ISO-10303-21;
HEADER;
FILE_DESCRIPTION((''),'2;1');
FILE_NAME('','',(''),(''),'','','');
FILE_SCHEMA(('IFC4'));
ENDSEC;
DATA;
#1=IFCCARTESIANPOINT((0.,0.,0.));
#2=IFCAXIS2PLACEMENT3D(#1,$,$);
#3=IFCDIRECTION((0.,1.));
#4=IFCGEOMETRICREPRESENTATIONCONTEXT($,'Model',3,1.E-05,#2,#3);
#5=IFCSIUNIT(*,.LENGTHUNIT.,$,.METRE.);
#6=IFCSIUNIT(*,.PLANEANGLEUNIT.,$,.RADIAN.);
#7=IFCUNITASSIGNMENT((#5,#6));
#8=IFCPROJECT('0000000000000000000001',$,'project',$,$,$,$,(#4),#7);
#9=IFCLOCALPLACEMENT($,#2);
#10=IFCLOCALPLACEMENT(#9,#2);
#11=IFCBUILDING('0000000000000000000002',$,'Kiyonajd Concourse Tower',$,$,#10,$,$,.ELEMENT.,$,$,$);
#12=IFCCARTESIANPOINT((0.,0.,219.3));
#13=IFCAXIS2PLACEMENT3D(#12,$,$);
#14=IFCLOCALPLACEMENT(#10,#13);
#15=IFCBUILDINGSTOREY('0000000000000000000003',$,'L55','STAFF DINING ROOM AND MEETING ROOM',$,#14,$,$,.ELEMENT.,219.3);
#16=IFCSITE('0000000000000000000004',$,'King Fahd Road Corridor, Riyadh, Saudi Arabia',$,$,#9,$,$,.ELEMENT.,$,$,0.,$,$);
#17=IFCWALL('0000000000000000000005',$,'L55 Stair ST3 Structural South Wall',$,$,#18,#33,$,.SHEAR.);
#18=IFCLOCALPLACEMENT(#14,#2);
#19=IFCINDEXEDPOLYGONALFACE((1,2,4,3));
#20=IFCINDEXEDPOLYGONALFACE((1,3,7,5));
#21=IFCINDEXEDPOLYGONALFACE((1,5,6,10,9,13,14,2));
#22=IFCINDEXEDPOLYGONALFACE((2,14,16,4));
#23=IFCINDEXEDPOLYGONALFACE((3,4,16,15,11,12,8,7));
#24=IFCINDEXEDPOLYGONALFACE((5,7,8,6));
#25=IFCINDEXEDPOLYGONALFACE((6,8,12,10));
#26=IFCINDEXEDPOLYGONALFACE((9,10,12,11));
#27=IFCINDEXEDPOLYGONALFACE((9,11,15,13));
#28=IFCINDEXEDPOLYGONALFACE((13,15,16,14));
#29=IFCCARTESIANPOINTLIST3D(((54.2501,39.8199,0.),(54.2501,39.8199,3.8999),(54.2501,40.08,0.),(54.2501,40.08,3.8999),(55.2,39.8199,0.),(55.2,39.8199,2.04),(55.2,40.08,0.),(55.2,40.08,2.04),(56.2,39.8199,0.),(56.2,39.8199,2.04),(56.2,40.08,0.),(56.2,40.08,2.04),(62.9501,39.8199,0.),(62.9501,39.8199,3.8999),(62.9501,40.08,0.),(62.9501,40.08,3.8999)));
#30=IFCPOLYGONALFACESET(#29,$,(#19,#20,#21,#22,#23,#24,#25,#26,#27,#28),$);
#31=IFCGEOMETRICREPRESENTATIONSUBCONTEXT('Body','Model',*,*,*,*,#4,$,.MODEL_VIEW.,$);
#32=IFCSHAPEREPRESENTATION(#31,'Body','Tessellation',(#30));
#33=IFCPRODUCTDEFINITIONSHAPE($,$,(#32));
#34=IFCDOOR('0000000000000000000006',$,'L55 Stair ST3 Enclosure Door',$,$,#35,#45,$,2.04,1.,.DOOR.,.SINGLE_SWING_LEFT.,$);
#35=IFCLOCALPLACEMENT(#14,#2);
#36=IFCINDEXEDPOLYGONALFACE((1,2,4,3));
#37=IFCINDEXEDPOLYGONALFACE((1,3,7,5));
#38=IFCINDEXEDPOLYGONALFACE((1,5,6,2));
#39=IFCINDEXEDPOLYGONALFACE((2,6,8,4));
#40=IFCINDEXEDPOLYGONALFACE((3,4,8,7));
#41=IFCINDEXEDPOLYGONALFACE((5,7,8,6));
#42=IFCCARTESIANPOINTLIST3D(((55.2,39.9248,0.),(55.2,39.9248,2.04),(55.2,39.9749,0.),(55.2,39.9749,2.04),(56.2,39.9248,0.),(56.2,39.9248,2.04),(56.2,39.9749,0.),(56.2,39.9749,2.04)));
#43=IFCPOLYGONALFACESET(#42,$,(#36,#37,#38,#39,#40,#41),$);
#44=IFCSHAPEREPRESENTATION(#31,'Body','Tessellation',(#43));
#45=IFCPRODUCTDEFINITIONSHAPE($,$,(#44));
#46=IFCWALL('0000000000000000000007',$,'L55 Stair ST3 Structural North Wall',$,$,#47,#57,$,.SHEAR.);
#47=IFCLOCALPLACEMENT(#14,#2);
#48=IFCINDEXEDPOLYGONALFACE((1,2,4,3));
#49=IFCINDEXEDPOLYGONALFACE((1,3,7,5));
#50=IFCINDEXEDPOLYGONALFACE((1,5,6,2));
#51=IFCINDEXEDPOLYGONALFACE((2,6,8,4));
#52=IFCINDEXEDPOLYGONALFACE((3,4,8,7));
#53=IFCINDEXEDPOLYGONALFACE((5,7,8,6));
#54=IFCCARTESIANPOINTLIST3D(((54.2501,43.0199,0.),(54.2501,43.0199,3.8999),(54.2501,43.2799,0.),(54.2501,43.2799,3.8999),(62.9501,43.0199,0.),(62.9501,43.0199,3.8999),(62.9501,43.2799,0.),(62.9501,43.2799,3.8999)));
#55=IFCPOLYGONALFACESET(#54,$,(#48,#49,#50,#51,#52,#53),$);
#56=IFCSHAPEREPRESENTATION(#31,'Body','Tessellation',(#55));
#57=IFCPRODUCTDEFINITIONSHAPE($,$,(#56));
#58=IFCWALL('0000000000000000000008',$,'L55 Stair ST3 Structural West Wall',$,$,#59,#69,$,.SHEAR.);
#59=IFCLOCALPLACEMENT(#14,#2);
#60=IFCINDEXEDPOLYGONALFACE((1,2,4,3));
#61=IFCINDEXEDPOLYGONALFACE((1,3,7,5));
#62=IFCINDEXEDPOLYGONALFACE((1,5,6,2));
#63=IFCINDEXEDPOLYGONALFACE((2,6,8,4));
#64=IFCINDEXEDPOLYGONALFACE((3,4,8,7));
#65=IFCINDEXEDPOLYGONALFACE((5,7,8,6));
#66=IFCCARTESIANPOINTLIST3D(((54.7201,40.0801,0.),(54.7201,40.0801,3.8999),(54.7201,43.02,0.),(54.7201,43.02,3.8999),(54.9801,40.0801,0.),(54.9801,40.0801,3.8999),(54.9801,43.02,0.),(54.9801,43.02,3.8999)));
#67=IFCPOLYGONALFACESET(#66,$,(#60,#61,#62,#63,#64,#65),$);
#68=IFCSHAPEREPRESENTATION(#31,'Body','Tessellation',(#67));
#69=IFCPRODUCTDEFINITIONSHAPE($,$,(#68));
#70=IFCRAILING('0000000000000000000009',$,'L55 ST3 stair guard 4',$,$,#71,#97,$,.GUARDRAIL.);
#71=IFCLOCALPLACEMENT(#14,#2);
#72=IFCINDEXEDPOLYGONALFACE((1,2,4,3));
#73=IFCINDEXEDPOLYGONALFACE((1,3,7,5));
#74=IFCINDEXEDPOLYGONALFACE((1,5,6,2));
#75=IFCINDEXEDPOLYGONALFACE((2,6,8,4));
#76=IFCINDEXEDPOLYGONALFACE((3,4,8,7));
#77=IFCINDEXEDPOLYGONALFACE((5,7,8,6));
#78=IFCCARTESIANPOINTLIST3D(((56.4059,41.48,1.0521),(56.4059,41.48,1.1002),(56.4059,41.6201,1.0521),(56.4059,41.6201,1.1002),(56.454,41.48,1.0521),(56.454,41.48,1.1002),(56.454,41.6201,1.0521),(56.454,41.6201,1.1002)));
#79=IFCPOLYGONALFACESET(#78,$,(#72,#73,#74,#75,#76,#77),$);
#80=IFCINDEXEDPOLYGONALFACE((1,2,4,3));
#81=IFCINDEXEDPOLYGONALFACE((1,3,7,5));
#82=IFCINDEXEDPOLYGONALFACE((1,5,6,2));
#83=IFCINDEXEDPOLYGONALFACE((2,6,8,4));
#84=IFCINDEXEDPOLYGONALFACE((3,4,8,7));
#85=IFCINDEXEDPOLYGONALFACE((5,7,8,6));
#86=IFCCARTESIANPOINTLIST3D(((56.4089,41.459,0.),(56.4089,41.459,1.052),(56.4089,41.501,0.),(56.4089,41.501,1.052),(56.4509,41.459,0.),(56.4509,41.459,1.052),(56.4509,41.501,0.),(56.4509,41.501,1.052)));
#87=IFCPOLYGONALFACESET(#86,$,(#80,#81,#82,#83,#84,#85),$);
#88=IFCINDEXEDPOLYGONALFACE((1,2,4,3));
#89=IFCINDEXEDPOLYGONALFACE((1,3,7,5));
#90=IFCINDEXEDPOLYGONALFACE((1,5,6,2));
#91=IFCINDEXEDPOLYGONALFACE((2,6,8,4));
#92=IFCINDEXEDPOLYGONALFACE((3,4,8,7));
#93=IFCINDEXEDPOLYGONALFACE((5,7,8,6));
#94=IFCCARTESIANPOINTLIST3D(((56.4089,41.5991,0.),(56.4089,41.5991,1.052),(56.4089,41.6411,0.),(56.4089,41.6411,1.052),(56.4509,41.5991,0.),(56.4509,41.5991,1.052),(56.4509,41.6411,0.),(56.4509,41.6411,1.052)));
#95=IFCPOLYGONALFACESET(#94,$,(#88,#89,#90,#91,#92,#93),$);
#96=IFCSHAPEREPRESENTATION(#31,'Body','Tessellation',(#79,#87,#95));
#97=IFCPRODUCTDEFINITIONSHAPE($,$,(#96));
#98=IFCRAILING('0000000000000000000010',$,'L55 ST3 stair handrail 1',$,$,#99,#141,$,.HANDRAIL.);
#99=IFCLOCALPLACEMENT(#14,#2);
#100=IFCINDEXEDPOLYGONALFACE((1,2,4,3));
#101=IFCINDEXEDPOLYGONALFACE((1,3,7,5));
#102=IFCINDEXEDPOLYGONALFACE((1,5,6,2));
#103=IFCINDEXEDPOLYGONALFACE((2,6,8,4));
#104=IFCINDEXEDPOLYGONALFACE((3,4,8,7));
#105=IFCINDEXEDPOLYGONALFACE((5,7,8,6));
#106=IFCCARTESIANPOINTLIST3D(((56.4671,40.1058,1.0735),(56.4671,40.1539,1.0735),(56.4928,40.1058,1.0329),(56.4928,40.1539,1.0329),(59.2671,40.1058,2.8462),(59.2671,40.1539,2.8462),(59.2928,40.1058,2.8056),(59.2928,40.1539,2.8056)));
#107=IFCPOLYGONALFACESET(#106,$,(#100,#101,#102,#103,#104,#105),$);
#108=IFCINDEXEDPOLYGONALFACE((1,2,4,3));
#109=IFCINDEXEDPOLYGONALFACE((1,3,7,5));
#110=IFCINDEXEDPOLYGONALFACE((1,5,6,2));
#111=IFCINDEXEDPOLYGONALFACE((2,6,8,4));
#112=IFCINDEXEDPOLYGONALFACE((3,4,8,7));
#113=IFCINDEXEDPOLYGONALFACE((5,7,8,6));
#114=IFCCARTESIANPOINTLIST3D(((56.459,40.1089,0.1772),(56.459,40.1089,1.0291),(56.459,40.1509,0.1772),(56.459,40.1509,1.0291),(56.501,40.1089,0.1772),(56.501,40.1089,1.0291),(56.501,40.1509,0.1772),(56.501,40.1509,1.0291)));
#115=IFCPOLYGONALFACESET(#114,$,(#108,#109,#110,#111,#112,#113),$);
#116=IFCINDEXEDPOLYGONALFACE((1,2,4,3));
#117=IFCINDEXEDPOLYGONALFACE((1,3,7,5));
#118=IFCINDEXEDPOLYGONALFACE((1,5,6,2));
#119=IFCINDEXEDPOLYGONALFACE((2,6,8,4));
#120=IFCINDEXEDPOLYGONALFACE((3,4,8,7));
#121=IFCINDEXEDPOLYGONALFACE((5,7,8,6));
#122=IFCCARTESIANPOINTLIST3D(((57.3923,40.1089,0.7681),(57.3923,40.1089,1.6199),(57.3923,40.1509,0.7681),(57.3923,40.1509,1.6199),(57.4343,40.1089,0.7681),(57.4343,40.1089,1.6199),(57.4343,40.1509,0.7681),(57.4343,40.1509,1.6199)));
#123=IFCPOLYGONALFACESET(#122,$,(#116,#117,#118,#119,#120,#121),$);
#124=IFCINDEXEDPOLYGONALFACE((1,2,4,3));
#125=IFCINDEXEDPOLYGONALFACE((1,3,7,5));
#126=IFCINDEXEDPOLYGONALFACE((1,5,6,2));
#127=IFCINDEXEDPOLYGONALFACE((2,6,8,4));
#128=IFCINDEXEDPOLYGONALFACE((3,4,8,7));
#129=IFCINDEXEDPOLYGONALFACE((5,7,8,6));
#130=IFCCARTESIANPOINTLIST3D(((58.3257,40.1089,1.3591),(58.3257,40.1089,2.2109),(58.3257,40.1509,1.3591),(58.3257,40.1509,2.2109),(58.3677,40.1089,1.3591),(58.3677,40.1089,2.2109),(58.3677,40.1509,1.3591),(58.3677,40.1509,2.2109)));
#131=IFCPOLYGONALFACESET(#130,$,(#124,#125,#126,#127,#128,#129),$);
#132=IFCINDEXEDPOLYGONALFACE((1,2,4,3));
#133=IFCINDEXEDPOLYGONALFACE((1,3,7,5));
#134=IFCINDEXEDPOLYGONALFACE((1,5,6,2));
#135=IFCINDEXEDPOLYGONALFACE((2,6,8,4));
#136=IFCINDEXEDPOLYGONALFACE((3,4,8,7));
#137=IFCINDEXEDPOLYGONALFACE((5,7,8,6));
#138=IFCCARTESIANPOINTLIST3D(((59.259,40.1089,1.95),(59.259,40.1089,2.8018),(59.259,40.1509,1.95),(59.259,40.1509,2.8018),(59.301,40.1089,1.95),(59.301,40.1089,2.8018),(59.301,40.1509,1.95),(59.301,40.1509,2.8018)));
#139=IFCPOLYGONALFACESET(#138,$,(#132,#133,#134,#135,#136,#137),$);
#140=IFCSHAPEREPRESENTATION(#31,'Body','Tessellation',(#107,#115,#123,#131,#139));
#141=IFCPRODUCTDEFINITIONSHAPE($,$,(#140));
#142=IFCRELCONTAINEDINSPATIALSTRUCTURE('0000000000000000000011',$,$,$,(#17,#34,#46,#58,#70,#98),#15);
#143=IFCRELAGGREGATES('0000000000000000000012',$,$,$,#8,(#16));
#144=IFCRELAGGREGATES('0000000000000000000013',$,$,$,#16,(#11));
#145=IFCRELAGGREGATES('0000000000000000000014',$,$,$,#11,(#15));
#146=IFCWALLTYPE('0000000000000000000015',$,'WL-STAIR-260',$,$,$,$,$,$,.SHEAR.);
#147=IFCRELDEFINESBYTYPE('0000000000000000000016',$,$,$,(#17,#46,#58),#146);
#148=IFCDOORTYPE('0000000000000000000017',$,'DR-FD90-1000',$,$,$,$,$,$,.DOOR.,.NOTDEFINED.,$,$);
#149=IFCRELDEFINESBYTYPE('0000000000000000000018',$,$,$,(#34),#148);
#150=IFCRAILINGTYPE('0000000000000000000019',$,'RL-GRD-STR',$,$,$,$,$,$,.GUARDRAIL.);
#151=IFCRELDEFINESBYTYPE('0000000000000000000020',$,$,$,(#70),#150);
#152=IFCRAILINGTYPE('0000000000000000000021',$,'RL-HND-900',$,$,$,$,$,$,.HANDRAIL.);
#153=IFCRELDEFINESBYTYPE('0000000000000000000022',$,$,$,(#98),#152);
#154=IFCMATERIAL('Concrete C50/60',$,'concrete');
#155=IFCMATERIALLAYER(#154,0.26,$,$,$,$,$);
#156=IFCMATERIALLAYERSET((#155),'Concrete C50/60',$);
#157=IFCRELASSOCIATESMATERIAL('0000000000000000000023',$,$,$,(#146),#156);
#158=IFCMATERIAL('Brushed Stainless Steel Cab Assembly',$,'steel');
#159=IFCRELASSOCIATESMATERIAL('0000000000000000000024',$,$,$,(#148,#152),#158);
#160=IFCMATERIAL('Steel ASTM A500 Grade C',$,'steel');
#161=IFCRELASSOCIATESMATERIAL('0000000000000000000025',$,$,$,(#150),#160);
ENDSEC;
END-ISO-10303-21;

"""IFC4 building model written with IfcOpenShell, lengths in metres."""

from ifc_helpers import new_model, si_unit, direction, frame, frame_2d, origin, origin_2d, place, context, subcontext, project, spatial, rectangle, extrude, material, layer, layer_set, type_object, element, fill, save


model = new_model("IFC4")

# Units and contexts
model_context = context("Model", 3, precision=1e-05, world=origin(), true_north=direction((0.0, 1.0)))
body_context = subcontext(model_context, "Body", "Model", "MODEL_VIEW")
ifc_project = project(units=[si_unit("LENGTHUNIT", "METRE"), si_unit("PLANEANGLEUNIT", "RADIAN")], contexts=[model_context])

# Site, building, storey
site_placement = place(None, origin())
site = spatial("IfcSite", under=ifc_project, at=site_placement, Name="King Fahd Road Corridor, Riyadh, Saudi Arabia", CompositionType="ELEMENT", RefElevation=0.0)
building_placement = place(site_placement, origin())
building = spatial("IfcBuilding", under=site, at=building_placement, Name="Kiyonajd Concourse Tower", CompositionType="ELEMENT")
storey_placement = place(building_placement, frame((0.0, 0.0, 219.3)))
storey = spatial("IfcBuildingStorey", under=building, at=storey_placement, Name="L55", Description="STAFF DINING ROOM AND MEETING ROOM", CompositionType="ELEMENT", Elevation=219.3)

# Shared definitions
ifc_material_1 = material(Name="Concrete C50/60", Category="concrete")

# Wall, opening, door
ifc_layer_1 = layer(ifc_material_1, 0.26)
ifc_layer_set_1 = layer_set([ifc_layer_1], Name="Concrete C50/60")
wall_type_1 = type_object("IfcWallType", Name="WL-STAIR-260", PredefinedType="SHEAR", material=ifc_layer_set_1)
wall_1_placement = place(storey_placement, frame((54.25, 39.95, 0.0), z_axis=(0.0, 0.0, 1.0), x_axis=(1.0, 0.0, 0.0)))
wall_1 = element("IfcWall", 1, at=wall_1_placement, inside=storey, type_object=wall_type_1, Name="L55 Stair ST3 Structural South Wall", PredefinedType="SHEAR", context=body_context, shape_type="SweptSolid", body=[
    extrude(rectangle(XDim=8.7, YDim=0.26, at=frame_2d((4.3501, 0.0))), origin(), (0.0, 0.0, 1.0), 3.8999),
])
opening_1_placement = place(wall_1_placement, frame((0.95, 0.0, 0.0)))
opening_1 = element("IfcOpeningElement", 2, at=opening_1_placement, cuts=wall_1, PredefinedType="OPENING", context=body_context, shape_type="SweptSolid", body=[
    extrude(rectangle(XDim=1.0, YDim=2.04, at=frame_2d((0.5, 1.02))), frame((0.0, 0.1399, 0.0), z_axis=(0.0, -1.0, 0.0), x_axis=(1.0, 0.0, 0.0)), (0.0, 0.0, 1.0), 0.28),
])
ifc_material_2 = material(Name="Brushed Stainless Steel Cab Assembly", Category="steel")
door_type_1 = type_object("IfcDoorType", Name="DR-FD90-1000", OperationType="NOTDEFINED", PredefinedType="DOOR", material=ifc_material_2)
door_1_placement = place(opening_1_placement, origin())
door_1 = element("IfcDoor", 3, at=door_1_placement, inside=storey, type_object=door_type_1, Name="L55 Stair ST3 Enclosure Door", OperationType="SINGLE_SWING_LEFT", OverallHeight=2.04, OverallWidth=1.0, PredefinedType="DOOR", context=body_context, shape_type="SweptSolid", body=[
    extrude(rectangle(XDim=1.0, YDim=2.04, at=frame_2d((0.5, 1.02))), frame((0.0, 0.0249, 0.0), z_axis=(0.0, -1.0, 0.0), x_axis=(1.0, 0.0, 0.0)), (0.0, 0.0, 1.0), 0.05),
])
fill(opening_1, door_1)

# Walls
wall_2_placement = place(storey_placement, frame((54.25, 43.1499, 0.0), z_axis=(0.0, 0.0, 1.0), x_axis=(1.0, 0.0, 0.0)))
element("IfcWall", 4, at=wall_2_placement, inside=storey, type_object=wall_type_1, Name="L55 Stair ST3 Structural North Wall", PredefinedType="SHEAR", context=body_context, shape_type="SweptSolid", body=[
    extrude(rectangle(XDim=8.7, YDim=0.26, at=frame_2d((4.3501, 0.0))), origin(), (0.0, 0.0, 1.0), 3.8999),
])
wall_3_placement = place(storey_placement, frame((54.8501, 40.0801, 0.0), z_axis=(0.0, 0.0, 1.0), x_axis=(0.0, 1.0, 0.0)))
element("IfcWall", 5, at=wall_3_placement, inside=storey, type_object=wall_type_1, Name="L55 Stair ST3 Structural West Wall", PredefinedType="SHEAR", context=body_context, shape_type="SweptSolid", body=[
    extrude(rectangle(XDim=2.9399, YDim=0.26, at=frame_2d((1.47, 0.0))), origin(), (0.0, 0.0, 1.0), 3.8999),
])

# Railings
ifc_material_3 = material(Name="Steel ASTM A500 Grade C", Category="steel")
railing_type_1 = type_object("IfcRailingType", Name="RL-GRD-STR", PredefinedType="GUARDRAIL", material=ifc_material_3)
railing_1_placement = place(storey_placement, frame((56.4299, 41.48, 0.0)))
element("IfcRailing", 6, at=railing_1_placement, inside=storey, type_object=railing_type_1, Name="L55 ST3 stair guard 4", PredefinedType="GUARDRAIL", context=body_context, shape_type="SweptSolid", body=[
    extrude(rectangle(XDim=0.0481, YDim=0.0481, at=origin_2d()), frame((0.0, 0.0, 1.0762), z_axis=(0.0, 1.0, 0.0), x_axis=(-1.0, 0.0, 0.0)), (0.0, 0.0, 1.0), 0.1401),
    extrude(rectangle(XDim=0.042, YDim=0.042, at=origin_2d()), origin(), (0.0, 0.0, 1.0), 1.052),
    extrude(rectangle(XDim=0.042, YDim=0.042, at=origin_2d()), frame((0.0, 0.1401, 0.0)), (0.0, 0.0, 1.0), 1.052),
])
railing_type_2 = type_object("IfcRailingType", Name="RL-HND-900", PredefinedType="HANDRAIL", material=ifc_material_2)
railing_2_placement = place(storey_placement, frame((56.48, 40.1299, 0.1772)))
element("IfcRailing", 7, at=railing_2_placement, inside=storey, type_object=railing_type_2, Name="L55 ST3 stair handrail 1", PredefinedType="HANDRAIL", context=body_context, shape_type="SweptSolid", body=[
    extrude(rectangle(XDim=0.0481, YDim=0.0481, at=origin_2d()), frame((0.0, 0.0, 0.876), z_axis=(0.844909, 0.0, 0.53491), x_axis=(0.0, 1.0, 0.0)), (0.0, 0.0, 1.0), 3.314),
    extrude(rectangle(XDim=0.042, YDim=0.042, at=origin_2d()), origin(), (0.0, 0.0, 1.0), 0.8518),
    extrude(rectangle(XDim=0.042, YDim=0.042, at=origin_2d()), frame((0.9333, 0.0, 0.5908)), (0.0, 0.0, 1.0), 0.8518),
    extrude(rectangle(XDim=0.042, YDim=0.042, at=origin_2d()), frame((1.8667, 0.0, 1.1819)), (0.0, 0.0, 1.0), 0.8518),
    extrude(rectangle(XDim=0.042, YDim=0.042, at=origin_2d()), frame((2.8, 0.0, 1.7727)), (0.0, 0.0, 1.0), 0.8518),
])

save(model, "model.ifc")
